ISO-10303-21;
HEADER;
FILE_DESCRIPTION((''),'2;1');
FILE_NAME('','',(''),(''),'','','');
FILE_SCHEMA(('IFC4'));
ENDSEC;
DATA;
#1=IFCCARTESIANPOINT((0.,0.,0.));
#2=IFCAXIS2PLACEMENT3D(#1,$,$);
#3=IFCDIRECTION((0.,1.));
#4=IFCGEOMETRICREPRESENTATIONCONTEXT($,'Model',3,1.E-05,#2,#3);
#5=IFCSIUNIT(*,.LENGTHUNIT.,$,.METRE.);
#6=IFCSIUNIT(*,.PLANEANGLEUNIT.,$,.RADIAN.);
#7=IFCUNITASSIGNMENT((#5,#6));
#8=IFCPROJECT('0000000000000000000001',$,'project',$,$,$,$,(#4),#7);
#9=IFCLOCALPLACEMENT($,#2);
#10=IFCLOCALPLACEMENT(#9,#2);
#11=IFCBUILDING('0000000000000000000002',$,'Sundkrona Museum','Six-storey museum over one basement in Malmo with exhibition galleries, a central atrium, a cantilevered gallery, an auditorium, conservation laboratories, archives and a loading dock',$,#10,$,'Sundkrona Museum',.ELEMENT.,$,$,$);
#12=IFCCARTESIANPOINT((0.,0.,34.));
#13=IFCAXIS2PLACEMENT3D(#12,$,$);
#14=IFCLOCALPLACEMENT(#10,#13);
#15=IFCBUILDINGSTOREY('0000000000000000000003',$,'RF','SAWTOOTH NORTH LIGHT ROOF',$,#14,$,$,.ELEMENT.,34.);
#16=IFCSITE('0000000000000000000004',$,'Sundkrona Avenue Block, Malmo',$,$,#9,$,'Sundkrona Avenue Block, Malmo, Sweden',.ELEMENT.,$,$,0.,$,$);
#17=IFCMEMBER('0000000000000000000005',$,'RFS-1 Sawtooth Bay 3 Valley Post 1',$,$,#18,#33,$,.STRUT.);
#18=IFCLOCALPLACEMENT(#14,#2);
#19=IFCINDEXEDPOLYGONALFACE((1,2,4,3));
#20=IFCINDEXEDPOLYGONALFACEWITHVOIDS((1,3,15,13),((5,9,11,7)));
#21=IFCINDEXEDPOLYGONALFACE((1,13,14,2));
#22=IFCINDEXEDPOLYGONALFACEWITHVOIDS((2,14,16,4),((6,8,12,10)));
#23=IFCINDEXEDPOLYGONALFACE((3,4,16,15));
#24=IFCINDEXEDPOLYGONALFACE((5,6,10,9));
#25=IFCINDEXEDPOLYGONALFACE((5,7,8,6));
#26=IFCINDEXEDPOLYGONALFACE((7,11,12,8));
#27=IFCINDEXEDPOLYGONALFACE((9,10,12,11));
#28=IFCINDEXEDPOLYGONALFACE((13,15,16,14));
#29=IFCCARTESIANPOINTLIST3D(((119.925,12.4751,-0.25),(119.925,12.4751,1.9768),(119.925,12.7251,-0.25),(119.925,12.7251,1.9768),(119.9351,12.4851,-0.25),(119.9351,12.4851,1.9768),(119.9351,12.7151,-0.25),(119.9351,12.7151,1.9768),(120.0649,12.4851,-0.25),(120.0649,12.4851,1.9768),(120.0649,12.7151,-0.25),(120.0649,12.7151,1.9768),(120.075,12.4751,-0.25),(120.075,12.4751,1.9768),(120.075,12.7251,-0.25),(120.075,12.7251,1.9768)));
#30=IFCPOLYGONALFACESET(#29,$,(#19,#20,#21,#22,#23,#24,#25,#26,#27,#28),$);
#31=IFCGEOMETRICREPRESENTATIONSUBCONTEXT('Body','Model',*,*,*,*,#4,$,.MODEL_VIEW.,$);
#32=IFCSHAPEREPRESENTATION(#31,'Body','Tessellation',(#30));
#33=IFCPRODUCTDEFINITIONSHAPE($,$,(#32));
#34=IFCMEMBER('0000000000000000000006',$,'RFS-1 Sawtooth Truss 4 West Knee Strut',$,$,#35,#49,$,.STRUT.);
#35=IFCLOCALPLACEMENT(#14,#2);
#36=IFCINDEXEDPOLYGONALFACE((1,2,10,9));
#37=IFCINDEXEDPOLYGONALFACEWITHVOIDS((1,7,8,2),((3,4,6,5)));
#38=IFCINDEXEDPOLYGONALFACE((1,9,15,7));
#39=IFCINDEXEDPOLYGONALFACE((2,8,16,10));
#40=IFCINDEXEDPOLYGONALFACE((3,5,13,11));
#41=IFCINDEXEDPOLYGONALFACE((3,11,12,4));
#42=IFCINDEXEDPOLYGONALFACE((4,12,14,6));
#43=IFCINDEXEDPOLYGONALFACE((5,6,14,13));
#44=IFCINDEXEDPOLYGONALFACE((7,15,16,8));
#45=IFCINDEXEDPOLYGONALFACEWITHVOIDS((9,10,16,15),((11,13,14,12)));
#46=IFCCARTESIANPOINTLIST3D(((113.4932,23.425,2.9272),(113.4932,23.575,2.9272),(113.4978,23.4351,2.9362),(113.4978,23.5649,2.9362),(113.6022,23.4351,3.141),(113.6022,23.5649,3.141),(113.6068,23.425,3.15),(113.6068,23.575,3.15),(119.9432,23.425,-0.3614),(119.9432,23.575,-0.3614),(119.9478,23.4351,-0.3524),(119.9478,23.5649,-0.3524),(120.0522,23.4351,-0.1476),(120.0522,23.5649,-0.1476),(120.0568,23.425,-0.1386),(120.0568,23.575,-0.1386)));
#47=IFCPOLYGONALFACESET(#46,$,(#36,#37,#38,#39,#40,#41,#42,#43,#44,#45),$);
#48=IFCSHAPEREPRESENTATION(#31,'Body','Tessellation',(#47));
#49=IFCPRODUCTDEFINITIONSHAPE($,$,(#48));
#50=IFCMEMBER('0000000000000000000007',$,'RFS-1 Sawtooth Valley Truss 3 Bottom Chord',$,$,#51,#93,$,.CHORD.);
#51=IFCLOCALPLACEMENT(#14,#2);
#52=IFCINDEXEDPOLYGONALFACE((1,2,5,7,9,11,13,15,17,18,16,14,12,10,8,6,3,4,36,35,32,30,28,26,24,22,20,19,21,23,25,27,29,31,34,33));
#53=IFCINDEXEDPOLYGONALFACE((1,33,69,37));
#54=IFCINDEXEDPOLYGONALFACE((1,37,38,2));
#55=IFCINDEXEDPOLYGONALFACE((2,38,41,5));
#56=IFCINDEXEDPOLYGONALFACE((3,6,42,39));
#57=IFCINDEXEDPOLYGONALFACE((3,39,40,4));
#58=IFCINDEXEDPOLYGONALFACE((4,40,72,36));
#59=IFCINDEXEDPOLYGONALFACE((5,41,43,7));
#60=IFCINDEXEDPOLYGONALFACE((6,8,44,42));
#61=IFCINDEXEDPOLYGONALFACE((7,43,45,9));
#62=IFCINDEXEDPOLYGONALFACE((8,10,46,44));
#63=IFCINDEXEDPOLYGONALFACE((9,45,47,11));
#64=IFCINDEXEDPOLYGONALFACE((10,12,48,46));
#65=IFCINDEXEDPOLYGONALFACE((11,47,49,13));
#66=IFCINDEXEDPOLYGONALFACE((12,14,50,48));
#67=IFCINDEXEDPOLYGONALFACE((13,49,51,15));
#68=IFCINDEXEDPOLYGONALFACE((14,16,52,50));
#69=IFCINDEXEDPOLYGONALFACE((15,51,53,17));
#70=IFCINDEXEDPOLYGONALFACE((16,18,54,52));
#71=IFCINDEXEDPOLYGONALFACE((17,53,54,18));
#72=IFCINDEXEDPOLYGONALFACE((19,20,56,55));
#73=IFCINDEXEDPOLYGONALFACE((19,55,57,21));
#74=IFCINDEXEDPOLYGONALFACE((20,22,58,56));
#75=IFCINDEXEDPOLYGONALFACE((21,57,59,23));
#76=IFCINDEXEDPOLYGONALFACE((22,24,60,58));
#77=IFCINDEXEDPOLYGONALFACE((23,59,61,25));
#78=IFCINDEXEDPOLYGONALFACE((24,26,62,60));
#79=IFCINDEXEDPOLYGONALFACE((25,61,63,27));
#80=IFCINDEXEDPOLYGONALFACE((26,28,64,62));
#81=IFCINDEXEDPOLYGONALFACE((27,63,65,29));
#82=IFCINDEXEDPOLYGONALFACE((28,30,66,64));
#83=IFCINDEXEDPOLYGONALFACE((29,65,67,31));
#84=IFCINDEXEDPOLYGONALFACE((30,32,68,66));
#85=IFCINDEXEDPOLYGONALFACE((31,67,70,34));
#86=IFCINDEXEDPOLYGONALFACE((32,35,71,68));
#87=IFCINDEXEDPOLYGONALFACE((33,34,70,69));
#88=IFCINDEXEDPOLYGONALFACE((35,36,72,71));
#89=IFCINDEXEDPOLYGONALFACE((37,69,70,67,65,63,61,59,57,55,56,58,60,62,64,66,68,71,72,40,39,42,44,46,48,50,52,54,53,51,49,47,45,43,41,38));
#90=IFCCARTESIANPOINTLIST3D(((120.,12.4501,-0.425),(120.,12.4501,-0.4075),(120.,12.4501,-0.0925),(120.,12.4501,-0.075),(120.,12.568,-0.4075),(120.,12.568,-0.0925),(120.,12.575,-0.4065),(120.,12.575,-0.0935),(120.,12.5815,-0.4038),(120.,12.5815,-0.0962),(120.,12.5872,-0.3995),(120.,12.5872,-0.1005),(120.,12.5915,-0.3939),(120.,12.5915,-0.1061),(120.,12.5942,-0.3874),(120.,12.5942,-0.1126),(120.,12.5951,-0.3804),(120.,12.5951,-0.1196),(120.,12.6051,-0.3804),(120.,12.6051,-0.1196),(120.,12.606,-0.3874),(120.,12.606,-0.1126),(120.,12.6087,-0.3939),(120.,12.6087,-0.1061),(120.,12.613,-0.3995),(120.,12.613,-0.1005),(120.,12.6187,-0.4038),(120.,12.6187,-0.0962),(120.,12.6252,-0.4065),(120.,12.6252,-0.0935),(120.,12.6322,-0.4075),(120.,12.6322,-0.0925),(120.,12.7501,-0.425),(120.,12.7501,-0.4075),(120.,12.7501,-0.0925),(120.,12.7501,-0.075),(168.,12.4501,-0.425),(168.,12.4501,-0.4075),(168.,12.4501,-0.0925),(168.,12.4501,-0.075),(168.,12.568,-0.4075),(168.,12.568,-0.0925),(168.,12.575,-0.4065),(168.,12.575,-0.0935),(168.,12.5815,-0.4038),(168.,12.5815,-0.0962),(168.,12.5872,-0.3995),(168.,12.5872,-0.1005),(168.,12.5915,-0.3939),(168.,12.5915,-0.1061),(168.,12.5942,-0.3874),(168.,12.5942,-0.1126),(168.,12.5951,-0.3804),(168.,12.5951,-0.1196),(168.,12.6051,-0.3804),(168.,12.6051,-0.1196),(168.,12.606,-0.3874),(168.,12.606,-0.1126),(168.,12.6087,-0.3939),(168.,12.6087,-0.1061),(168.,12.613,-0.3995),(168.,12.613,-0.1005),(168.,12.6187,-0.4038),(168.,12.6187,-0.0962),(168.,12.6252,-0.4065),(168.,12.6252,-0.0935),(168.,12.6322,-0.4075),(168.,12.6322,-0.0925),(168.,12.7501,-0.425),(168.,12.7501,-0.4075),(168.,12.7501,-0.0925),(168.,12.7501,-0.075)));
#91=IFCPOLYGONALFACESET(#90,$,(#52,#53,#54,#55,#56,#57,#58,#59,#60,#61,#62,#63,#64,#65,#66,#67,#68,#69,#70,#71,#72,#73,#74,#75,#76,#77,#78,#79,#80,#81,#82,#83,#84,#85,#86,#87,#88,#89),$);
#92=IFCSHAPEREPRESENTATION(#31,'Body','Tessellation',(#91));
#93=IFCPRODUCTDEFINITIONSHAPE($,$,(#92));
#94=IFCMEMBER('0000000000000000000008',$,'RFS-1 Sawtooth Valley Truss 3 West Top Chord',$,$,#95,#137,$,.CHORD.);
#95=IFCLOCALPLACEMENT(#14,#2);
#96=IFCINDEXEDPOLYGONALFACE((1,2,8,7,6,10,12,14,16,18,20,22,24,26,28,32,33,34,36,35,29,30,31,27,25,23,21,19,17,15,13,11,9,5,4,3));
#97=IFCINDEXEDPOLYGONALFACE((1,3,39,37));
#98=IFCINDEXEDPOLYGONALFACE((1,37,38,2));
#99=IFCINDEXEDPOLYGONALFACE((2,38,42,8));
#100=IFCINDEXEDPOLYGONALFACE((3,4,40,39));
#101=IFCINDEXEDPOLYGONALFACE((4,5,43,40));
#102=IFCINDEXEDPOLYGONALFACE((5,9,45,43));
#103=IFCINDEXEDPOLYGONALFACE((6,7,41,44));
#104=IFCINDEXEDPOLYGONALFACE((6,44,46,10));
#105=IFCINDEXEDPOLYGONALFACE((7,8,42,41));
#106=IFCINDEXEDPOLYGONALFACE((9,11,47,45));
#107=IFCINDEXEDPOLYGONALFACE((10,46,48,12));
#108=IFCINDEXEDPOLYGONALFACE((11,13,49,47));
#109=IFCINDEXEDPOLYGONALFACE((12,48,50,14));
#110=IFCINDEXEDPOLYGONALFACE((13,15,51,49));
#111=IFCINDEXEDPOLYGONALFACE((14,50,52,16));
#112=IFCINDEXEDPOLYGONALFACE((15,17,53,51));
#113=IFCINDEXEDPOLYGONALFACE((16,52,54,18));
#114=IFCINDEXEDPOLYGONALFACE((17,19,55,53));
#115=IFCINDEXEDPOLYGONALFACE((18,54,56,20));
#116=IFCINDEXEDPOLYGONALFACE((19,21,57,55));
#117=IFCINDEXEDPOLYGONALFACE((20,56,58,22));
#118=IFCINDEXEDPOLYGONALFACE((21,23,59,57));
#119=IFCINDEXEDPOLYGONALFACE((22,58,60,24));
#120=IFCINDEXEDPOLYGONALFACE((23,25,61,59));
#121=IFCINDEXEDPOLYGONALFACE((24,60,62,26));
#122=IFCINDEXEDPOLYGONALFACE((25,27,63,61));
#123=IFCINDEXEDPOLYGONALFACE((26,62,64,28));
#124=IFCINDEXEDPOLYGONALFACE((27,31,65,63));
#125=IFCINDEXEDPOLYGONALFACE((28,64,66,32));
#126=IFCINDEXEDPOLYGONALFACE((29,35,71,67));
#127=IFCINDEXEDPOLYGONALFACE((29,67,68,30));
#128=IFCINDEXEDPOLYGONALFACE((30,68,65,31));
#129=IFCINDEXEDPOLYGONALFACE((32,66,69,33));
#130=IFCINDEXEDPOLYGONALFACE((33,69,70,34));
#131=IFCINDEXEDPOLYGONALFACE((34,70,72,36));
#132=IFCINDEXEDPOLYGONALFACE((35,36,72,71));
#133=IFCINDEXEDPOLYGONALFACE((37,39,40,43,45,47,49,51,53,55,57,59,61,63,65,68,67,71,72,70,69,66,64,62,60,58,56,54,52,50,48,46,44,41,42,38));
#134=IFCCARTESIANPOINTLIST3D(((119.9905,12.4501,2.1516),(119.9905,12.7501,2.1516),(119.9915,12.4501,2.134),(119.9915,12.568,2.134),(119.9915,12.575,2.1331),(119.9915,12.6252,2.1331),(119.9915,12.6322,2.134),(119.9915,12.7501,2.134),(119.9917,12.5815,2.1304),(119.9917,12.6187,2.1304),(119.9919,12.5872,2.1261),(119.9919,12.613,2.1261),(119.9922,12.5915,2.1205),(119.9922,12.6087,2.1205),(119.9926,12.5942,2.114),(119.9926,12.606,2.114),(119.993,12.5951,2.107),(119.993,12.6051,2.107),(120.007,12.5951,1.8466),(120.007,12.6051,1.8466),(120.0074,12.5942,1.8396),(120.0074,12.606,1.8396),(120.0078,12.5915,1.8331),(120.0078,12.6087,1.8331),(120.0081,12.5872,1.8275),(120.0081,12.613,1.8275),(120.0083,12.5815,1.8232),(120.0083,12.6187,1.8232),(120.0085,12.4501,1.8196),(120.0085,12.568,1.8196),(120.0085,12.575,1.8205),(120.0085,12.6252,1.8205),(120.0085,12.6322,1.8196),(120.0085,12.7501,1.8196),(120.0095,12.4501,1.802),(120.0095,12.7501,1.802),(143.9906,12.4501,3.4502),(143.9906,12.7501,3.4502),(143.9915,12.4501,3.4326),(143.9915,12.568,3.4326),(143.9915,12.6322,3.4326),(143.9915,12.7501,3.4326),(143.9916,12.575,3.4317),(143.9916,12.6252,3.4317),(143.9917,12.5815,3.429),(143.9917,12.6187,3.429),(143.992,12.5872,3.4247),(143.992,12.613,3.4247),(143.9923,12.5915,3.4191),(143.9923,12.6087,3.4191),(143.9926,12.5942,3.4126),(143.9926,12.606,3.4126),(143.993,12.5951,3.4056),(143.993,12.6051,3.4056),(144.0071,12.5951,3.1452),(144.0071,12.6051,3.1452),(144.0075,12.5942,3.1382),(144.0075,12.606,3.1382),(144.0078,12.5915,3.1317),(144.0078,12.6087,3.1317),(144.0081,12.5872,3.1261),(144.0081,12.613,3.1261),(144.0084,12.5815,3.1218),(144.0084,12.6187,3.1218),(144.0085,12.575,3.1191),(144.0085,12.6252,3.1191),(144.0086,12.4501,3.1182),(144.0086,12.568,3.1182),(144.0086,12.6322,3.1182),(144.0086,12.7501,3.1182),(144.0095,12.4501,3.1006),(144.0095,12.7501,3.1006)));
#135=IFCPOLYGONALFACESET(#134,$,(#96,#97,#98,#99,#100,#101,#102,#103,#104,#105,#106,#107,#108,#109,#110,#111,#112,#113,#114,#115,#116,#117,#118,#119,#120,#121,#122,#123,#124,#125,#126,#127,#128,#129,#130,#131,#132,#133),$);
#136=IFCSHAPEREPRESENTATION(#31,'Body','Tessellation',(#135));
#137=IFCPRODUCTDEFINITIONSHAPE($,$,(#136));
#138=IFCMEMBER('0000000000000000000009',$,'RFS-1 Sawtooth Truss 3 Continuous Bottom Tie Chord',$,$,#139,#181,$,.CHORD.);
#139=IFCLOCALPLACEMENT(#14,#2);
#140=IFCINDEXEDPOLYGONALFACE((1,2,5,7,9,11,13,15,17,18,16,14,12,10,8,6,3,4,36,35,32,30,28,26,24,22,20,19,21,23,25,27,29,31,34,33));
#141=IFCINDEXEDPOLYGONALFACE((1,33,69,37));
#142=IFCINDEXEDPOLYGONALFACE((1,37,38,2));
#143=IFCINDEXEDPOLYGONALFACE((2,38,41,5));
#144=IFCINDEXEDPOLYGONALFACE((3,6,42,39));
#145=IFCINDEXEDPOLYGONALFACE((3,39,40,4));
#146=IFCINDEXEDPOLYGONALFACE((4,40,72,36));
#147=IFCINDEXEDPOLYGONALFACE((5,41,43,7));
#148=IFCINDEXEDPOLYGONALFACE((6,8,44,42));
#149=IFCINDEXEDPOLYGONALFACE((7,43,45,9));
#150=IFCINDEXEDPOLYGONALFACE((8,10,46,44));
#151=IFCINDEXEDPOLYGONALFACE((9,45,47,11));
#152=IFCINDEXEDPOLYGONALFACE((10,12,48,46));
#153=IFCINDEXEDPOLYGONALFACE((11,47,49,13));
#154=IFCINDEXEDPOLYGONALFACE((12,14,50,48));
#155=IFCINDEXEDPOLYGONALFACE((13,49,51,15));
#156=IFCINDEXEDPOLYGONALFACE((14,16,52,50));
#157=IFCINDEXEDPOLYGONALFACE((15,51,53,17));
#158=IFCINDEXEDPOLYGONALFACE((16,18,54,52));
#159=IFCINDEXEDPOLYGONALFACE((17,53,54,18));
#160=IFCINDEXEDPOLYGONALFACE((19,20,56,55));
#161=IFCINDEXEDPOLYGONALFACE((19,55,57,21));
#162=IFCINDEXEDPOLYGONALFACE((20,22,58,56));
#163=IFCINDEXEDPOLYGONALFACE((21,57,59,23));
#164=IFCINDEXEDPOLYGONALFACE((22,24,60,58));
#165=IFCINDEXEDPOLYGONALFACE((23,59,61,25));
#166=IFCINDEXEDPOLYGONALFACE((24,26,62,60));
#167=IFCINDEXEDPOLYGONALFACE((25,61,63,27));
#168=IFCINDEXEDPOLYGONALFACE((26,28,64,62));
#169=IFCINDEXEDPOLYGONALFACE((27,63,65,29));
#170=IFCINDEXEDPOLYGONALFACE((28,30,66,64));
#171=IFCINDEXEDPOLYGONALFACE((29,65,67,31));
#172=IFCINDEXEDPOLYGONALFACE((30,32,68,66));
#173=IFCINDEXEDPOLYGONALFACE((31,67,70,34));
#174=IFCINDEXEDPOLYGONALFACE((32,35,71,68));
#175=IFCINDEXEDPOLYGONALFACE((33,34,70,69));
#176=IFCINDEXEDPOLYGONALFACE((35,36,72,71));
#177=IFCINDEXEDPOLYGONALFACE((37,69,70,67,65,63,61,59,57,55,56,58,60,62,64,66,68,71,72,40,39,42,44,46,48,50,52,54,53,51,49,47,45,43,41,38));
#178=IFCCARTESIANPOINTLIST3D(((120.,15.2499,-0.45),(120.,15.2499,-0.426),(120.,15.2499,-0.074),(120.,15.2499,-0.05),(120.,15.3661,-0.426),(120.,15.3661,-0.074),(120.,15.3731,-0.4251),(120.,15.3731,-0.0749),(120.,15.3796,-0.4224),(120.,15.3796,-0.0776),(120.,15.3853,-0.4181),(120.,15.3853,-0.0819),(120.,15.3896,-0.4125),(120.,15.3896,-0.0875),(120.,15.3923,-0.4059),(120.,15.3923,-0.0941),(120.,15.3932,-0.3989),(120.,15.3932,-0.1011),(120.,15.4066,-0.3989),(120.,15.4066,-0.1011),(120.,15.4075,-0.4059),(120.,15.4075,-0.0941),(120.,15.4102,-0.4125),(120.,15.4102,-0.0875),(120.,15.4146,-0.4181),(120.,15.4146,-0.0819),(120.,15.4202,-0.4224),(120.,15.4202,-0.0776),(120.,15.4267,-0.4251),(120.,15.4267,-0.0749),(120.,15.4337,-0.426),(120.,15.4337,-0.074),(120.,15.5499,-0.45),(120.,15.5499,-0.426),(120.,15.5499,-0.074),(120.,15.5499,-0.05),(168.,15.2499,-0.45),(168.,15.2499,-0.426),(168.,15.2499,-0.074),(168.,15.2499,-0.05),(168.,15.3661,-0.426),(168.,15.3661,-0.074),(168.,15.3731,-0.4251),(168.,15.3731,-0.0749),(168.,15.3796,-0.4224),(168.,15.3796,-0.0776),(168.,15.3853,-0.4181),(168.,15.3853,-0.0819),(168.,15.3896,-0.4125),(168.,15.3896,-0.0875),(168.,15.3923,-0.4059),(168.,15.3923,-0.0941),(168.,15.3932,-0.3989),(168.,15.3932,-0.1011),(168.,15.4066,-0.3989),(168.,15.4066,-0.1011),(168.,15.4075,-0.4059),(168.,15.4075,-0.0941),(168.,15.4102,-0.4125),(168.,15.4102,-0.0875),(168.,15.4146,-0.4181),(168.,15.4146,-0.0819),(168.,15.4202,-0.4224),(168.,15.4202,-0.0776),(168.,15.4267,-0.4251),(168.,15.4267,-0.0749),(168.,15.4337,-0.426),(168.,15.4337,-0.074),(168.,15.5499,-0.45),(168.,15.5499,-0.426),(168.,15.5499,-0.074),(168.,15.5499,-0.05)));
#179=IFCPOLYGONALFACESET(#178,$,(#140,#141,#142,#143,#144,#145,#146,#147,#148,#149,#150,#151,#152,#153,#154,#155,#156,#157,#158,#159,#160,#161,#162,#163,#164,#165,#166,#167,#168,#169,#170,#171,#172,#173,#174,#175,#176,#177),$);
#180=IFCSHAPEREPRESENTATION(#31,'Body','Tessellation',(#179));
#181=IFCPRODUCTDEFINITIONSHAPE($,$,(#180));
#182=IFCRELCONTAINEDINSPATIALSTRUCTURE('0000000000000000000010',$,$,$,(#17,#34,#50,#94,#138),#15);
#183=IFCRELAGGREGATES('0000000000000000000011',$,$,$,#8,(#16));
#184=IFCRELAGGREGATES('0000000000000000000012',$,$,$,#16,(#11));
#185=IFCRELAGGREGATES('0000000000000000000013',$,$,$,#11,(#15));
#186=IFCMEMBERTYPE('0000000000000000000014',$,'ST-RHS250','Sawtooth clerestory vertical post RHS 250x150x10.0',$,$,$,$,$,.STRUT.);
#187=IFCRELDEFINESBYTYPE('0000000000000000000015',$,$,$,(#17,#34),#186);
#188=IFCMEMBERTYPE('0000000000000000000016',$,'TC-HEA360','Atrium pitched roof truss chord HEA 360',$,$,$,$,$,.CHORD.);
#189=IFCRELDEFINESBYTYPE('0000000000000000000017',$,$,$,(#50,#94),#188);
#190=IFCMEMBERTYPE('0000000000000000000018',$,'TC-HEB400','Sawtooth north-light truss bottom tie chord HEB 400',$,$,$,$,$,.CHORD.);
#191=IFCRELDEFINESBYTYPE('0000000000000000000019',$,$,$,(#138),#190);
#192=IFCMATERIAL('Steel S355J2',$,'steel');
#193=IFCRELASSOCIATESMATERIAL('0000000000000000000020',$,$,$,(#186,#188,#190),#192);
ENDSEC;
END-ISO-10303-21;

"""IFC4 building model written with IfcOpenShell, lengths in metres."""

from ifc_helpers import new_model, si_unit, direction, frame, origin, origin_2d, place, context, subcontext, project, spatial, hollow_rectangle, i_section, extrude, material, material_profile, profile_set, type_object, element, save


model = new_model("IFC4")

# Units and contexts
model_context = context("Model", 3, precision=1e-05, world=origin(), true_north=direction((0.0, 1.0)))
body_context = subcontext(model_context, "Body", "Model", "MODEL_VIEW")
ifc_project = project(units=[si_unit("LENGTHUNIT", "METRE"), si_unit("PLANEANGLEUNIT", "RADIAN")], contexts=[model_context])

# Site, building, storey
site_placement = place(None, origin())
site = spatial("IfcSite", under=ifc_project, at=site_placement, Name="Sundkrona Avenue Block, Malmo", LongName="Sundkrona Avenue Block, Malmo, Sweden", CompositionType="ELEMENT", RefElevation=0.0)
building_placement = place(site_placement, origin())
building = spatial("IfcBuilding", under=site, at=building_placement, Name="Sundkrona Museum", Description="Six-storey museum over one basement in Malmo with exhibition galleries, a central atrium, a cantilevered gallery, an auditorium, conservation laboratories, archives and a loading dock", LongName="Sundkrona Museum", CompositionType="ELEMENT")
storey_placement = place(building_placement, frame((0.0, 0.0, 34.0)))
storey = spatial("IfcBuildingStorey", under=building, at=storey_placement, Name="RF", Description="SAWTOOTH NORTH LIGHT ROOF", CompositionType="ELEMENT", Elevation=34.0)

# Members
ifc_material_1 = material(Name="Steel S355J2", Category="steel")
ifc_material_profile_1 = material_profile(ifc_material_1, hollow_rectangle(XDim=0.1499, YDim=0.25, WallThickness=0.01, at=origin_2d()), Name="RHS 250x150x10.0")
ifc_profile_set_1 = profile_set([ifc_material_profile_1], Name="Steel S355J2")
member_type_1 = type_object("IfcMemberType", Name="ST-RHS250", Description="Sawtooth clerestory vertical post RHS 250x150x10.0", PredefinedType="STRUT", material=ifc_profile_set_1)
member_1_placement = place(storey_placement, frame((120.0, 12.6001, -0.25), z_axis=(0.0, 0.0, 1.0), x_axis=(1.0, 0.0, 0.0)))
element("IfcMember", 1, at=member_1_placement, inside=storey, type_object=member_type_1, Name="RFS-1 Sawtooth Bay 3 Valley Post 1", PredefinedType="STRUT", context=body_context, shape_type="SweptSolid", body=[
    extrude(hollow_rectangle(XDim=0.1499, YDim=0.25, WallThickness=0.01, at=origin_2d()), origin(), (0.0, 0.0, 1.0), 2.2268),
])
member_2_placement = place(storey_placement, frame((120.0, 23.5, -0.25), z_axis=(-0.890886, 0.0, 0.454227), x_axis=(0.0, -1.0, 0.0)))
element("IfcMember", 2, at=member_2_placement, inside=storey, type_object=member_type_1, Name="RFS-1 Sawtooth Truss 4 West Knee Strut", PredefinedType="STRUT", context=body_context, shape_type="SweptSolid", body=[
    extrude(hollow_rectangle(XDim=0.1499, YDim=0.25, WallThickness=0.01, at=origin_2d()), origin(), (0.0, 0.0, 1.0), 7.24),
])
ifc_material_profile_2 = material_profile(ifc_material_1, i_section(OverallWidth=0.3, OverallDepth=0.3501, WebThickness=0.01, FlangeThickness=0.0176, FilletRadius=0.0271, at=origin_2d()), Name="HEA 360")
ifc_profile_set_2 = profile_set([ifc_material_profile_2], Name="Steel S355J2")
member_type_2 = type_object("IfcMemberType", Name="TC-HEA360", Description="Atrium pitched roof truss chord HEA 360", PredefinedType="CHORD", material=ifc_profile_set_2)
member_3_placement = place(storey_placement, frame((120.0, 12.6001, -0.25), z_axis=(1.0, 0.0, 0.0), x_axis=(0.0, 1.0, 0.0)))
element("IfcMember", 3, at=member_3_placement, inside=storey, type_object=member_type_2, Name="RFS-1 Sawtooth Valley Truss 3 Bottom Chord", PredefinedType="CHORD", context=body_context, shape_type="SweptSolid", body=[
    extrude(i_section(OverallWidth=0.3, OverallDepth=0.3501, WebThickness=0.01, FlangeThickness=0.0176, FilletRadius=0.0271, at=origin_2d()), origin(), (0.0, 0.0, 1.0), 48.0),
])
member_4_placement = place(storey_placement, frame((120.0, 12.6001, 1.9768), z_axis=(0.998539, 0.0, 0.054029), x_axis=(0.0, 1.0, 0.0)))
element("IfcMember", 4, at=member_4_placement, inside=storey, type_object=member_type_2, Name="RFS-1 Sawtooth Valley Truss 3 West Top Chord", PredefinedType="CHORD", context=body_context, shape_type="SweptSolid", body=[
    extrude(i_section(OverallWidth=0.3, OverallDepth=0.3501, WebThickness=0.01, FlangeThickness=0.0176, FilletRadius=0.0271, at=origin_2d()), origin(), (0.0, 0.0, 1.0), 24.0352),
])
ifc_material_profile_3 = material_profile(ifc_material_1, i_section(OverallWidth=0.3, OverallDepth=0.3999, WebThickness=0.0134, FlangeThickness=0.0239, FilletRadius=0.0271, at=origin_2d()), Name="HEB 400")
ifc_profile_set_3 = profile_set([ifc_material_profile_3], Name="Steel S355J2")
member_type_3 = type_object("IfcMemberType", Name="TC-HEB400", Description="Sawtooth north-light truss bottom tie chord HEB 400", PredefinedType="CHORD", material=ifc_profile_set_3)
for number, where, z_axis, x_axis, name in (
    (5, (120.0, 15.3999, -0.25), (1.0, 0.0, 0.0), (0.0, 1.0, 0.0), "RFS-1 Sawtooth Truss 3 Continuous Bottom Tie Chord"),
):
    element("IfcMember", number, at=place(storey_placement, frame(where, z_axis=z_axis, x_axis=x_axis)), inside=storey, type_object=member_type_3, Name=name, PredefinedType="CHORD", context=body_context, shape_type="SweptSolid", body=[
        extrude(i_section(OverallWidth=0.3, OverallDepth=0.3999, WebThickness=0.0134, FlangeThickness=0.0239, FilletRadius=0.0271, at=origin_2d()), origin(), (0.0, 0.0, 1.0), 48.0),
    ])

save(model, "model.ifc")
